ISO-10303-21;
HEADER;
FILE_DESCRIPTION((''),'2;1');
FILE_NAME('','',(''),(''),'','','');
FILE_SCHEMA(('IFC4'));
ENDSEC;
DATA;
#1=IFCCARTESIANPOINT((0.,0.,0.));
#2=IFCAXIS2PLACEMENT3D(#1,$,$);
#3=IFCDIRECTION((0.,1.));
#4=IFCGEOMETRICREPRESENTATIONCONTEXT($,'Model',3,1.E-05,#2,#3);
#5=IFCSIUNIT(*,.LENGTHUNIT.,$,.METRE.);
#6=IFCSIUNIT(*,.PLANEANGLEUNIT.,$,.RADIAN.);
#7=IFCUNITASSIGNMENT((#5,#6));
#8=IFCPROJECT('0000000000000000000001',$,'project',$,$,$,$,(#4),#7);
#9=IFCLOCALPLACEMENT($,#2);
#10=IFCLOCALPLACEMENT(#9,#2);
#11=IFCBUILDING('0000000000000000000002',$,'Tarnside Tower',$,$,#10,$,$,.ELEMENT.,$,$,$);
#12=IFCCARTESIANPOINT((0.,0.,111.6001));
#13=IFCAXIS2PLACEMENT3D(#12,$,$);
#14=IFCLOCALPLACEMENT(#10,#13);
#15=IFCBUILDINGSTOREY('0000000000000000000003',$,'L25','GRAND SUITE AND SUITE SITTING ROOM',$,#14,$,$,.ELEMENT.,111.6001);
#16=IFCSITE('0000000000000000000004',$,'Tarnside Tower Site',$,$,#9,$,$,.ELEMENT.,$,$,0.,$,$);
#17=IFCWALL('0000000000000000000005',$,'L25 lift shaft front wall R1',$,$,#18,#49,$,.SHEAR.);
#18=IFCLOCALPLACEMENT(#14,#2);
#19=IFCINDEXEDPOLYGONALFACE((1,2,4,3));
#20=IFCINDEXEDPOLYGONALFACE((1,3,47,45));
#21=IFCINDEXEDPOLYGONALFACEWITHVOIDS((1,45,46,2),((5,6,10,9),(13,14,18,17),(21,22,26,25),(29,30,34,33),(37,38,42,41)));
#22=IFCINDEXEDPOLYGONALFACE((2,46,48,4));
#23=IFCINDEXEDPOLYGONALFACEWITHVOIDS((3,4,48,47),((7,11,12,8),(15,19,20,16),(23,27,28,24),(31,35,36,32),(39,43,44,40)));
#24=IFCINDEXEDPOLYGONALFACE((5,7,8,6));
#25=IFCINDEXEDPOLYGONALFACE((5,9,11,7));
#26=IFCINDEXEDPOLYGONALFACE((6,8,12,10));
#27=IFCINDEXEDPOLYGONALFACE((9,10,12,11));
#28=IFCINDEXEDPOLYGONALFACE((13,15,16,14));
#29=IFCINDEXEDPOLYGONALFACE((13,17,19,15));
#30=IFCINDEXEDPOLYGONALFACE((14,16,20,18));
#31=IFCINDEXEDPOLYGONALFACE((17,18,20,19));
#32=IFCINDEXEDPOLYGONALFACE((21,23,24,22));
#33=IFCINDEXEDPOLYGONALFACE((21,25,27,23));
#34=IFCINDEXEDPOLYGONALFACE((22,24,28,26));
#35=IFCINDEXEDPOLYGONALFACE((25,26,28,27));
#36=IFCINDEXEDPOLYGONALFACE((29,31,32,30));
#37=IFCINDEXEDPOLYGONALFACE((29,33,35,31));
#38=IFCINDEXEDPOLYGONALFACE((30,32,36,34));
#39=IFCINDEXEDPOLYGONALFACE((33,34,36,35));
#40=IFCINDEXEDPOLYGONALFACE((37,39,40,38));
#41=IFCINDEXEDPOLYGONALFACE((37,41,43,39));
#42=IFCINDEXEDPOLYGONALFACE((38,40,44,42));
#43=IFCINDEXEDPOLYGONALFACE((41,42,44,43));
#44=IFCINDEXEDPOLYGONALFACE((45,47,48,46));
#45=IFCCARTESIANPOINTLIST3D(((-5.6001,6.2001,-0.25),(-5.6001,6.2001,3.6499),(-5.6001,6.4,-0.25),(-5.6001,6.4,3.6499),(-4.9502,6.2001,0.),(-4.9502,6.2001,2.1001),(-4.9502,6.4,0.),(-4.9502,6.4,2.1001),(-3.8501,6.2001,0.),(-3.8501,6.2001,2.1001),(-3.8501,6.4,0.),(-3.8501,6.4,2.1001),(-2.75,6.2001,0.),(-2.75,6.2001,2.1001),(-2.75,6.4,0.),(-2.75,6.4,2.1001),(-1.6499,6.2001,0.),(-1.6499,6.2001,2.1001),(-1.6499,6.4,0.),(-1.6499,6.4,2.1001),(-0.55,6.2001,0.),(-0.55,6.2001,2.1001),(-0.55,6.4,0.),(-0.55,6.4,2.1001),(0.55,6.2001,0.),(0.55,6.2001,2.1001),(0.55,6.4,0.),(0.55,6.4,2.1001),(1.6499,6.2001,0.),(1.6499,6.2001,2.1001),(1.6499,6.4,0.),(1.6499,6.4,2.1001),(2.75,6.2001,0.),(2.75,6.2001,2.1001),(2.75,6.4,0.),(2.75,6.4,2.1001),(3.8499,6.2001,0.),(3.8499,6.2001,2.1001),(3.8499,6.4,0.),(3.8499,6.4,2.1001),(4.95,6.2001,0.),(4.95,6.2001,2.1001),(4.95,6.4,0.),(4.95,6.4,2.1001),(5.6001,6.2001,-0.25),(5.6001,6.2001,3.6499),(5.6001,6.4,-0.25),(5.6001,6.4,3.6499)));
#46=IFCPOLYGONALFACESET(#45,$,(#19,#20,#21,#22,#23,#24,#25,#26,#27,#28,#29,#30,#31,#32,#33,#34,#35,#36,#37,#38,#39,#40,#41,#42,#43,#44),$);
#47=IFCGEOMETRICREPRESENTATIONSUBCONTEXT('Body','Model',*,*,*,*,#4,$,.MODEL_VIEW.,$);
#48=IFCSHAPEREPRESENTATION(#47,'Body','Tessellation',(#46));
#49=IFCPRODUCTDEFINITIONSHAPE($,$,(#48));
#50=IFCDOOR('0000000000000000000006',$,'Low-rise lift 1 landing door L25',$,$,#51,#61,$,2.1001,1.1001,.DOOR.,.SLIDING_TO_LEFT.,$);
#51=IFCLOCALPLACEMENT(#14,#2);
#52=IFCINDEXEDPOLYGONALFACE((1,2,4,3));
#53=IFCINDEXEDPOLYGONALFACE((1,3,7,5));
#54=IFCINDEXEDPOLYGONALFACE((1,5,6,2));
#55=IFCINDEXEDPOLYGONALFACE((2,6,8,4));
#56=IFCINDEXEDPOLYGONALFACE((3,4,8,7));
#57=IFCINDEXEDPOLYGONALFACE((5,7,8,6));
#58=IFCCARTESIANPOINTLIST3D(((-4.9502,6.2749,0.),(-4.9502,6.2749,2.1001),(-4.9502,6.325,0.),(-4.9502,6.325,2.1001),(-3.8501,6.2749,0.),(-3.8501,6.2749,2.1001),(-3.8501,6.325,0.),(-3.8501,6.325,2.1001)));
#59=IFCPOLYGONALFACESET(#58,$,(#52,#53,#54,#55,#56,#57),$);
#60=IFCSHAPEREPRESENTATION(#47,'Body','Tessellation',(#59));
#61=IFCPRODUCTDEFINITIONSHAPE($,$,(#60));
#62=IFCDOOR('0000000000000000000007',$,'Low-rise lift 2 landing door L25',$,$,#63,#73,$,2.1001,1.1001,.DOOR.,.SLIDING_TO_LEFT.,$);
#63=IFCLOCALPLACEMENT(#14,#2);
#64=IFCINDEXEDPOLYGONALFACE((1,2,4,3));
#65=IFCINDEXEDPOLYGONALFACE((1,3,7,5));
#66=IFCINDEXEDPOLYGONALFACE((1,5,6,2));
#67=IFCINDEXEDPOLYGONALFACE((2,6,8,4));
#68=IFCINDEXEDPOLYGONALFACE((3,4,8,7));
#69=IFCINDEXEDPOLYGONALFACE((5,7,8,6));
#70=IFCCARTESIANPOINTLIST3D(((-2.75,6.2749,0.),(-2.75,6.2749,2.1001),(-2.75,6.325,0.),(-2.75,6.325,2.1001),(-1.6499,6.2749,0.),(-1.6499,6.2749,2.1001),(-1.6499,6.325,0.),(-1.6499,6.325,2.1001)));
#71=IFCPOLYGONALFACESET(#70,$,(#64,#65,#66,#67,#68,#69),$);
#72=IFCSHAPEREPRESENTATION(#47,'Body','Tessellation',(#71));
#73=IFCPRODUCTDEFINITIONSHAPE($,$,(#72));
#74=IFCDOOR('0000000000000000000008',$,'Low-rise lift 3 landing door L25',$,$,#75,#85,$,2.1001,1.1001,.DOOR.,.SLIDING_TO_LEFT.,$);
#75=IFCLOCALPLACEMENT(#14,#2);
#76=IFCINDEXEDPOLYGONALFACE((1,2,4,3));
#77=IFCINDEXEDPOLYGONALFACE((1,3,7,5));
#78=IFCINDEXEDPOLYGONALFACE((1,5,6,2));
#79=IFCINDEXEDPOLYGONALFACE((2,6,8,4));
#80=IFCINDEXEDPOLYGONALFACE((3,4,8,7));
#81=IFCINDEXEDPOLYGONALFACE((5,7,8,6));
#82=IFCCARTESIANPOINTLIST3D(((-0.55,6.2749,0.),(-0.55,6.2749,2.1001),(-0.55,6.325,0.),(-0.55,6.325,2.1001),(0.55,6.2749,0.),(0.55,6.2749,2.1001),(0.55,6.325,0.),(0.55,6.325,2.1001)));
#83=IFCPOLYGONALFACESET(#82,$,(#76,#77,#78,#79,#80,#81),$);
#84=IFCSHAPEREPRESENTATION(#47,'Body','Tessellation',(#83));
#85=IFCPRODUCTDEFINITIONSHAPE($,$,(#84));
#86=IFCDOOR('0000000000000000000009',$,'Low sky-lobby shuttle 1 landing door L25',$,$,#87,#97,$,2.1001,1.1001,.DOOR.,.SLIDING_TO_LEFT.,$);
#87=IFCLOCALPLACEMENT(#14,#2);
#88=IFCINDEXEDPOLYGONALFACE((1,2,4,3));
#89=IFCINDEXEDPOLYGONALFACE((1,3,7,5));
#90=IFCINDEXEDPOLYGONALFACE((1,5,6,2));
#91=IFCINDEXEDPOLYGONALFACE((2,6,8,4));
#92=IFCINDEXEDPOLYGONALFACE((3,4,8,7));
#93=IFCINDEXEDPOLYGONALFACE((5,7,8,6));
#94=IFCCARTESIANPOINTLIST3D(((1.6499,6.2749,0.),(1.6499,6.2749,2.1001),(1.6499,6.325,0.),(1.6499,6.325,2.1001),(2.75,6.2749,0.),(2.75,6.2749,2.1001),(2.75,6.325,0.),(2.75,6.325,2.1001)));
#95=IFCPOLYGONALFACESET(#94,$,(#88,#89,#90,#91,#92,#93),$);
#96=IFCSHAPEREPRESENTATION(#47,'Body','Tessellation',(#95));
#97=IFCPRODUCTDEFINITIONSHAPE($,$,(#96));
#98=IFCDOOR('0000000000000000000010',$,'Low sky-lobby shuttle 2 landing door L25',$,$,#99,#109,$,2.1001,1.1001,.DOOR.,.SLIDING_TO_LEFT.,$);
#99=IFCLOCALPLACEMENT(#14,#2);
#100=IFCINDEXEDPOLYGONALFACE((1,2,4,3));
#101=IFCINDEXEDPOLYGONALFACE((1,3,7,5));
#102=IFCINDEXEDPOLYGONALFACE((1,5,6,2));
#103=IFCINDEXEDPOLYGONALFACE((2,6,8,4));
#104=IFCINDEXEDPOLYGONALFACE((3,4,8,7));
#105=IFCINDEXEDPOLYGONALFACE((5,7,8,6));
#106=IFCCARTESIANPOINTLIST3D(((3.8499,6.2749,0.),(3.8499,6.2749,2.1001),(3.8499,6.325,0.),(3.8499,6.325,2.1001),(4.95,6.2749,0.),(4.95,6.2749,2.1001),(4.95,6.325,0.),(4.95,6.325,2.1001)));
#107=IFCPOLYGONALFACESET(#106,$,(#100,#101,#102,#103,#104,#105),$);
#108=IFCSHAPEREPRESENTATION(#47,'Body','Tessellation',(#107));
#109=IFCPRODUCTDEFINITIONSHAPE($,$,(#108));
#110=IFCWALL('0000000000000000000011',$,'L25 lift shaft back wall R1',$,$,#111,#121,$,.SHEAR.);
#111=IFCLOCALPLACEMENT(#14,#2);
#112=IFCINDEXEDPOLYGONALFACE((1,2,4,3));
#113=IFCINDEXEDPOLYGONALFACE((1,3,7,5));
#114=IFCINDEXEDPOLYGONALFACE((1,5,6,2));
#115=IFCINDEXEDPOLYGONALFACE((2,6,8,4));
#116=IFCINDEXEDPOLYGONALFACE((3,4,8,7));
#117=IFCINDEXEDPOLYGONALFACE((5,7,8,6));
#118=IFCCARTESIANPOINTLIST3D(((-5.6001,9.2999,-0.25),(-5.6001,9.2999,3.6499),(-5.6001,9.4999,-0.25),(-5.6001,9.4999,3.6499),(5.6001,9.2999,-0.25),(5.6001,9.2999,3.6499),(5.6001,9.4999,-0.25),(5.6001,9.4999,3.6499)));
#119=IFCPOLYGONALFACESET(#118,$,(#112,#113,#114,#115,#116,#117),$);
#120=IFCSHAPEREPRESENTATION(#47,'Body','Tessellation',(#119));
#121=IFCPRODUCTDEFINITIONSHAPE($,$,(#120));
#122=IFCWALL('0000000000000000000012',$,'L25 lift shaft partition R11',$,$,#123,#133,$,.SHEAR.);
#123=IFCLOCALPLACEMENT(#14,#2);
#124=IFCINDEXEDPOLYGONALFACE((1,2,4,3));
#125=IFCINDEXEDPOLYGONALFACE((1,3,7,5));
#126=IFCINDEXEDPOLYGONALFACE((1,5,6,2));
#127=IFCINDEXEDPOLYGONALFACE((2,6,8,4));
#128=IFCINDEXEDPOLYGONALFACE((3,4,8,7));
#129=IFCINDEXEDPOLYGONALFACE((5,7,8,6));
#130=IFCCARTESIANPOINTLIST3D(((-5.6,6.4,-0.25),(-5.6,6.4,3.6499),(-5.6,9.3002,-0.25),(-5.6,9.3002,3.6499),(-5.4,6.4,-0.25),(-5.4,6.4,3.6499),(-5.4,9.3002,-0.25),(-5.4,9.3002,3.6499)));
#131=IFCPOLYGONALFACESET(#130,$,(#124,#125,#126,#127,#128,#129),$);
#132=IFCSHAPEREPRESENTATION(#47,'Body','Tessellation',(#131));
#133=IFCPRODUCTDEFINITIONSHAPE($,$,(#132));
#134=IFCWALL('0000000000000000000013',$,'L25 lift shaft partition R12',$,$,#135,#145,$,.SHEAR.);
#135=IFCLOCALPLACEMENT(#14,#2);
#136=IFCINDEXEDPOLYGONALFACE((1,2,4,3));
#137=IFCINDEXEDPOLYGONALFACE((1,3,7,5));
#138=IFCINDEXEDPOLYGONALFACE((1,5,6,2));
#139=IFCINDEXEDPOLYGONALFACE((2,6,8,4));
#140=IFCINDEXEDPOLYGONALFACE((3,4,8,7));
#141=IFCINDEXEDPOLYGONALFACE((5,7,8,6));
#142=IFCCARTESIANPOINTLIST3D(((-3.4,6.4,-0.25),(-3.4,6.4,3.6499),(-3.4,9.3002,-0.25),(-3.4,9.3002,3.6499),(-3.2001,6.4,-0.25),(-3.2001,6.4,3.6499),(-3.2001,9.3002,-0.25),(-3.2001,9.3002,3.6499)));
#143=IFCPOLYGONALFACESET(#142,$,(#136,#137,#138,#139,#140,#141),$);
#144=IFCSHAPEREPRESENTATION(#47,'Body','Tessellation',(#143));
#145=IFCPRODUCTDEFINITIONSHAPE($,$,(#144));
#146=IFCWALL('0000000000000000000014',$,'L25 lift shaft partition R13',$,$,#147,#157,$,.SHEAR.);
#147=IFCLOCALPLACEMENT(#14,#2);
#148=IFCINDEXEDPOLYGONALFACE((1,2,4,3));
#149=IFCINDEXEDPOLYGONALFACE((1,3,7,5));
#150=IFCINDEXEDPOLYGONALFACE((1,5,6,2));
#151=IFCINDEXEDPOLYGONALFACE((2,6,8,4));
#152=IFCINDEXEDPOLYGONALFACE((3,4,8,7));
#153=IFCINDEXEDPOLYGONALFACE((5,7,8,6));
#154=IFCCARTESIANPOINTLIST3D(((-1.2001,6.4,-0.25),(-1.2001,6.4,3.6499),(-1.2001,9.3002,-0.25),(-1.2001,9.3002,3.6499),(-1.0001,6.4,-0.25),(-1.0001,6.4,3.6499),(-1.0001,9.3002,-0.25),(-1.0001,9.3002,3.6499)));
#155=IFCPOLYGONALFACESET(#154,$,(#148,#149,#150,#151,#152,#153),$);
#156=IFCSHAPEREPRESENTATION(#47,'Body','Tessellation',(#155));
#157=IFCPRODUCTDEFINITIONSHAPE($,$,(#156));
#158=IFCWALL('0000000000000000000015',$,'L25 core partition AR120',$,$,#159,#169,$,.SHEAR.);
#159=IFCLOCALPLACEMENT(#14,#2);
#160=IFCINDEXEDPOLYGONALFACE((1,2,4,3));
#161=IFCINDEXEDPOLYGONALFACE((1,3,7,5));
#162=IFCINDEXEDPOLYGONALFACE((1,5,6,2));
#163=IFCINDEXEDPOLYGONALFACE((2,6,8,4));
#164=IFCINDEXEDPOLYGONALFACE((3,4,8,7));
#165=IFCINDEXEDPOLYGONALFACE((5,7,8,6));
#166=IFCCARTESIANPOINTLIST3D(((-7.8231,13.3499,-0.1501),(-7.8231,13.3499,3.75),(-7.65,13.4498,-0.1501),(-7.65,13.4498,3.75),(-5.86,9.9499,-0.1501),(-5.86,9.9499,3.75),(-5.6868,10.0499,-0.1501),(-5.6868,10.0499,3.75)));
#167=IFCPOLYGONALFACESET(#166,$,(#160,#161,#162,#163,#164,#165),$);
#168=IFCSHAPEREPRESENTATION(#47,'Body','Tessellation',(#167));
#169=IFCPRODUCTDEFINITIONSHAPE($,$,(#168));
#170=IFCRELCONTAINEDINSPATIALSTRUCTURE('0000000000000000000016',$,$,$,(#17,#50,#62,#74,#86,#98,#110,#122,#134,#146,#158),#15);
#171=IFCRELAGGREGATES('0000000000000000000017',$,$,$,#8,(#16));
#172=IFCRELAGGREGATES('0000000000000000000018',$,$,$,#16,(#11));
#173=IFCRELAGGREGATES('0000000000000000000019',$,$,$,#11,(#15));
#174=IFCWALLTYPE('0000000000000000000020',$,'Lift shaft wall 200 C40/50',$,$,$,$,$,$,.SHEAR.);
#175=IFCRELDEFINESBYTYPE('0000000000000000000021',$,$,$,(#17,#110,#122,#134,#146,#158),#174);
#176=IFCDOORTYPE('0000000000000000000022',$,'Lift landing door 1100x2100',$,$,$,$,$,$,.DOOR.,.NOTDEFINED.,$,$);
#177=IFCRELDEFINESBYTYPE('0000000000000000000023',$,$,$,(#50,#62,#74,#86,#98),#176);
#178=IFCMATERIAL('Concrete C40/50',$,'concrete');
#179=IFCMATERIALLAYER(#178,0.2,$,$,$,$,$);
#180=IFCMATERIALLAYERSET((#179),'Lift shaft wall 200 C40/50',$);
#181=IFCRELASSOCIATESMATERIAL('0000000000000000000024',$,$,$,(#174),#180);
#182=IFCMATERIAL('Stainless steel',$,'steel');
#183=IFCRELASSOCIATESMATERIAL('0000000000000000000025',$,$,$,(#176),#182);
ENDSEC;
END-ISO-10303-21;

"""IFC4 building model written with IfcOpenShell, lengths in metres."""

from ifc_helpers import new_model, si_unit, direction, frame, frame_2d, origin, place, context, subcontext, project, spatial, rectangle, extrude, material, layer, layer_set, type_object, element, fill, save


model = new_model("IFC4")

# Units and contexts
model_context = context("Model", 3, precision=1e-05, world=origin(), true_north=direction((0.0, 1.0)))
body_context = subcontext(model_context, "Body", "Model", "MODEL_VIEW")
ifc_project = project(units=[si_unit("LENGTHUNIT", "METRE"), si_unit("PLANEANGLEUNIT", "RADIAN")], contexts=[model_context])

# Site, building, storey
site_placement = place(None, origin())
site = spatial("IfcSite", under=ifc_project, at=site_placement, Name="Tarnside Tower Site", CompositionType="ELEMENT", RefElevation=0.0)
building_placement = place(site_placement, origin())
building = spatial("IfcBuilding", under=site, at=building_placement, Name="Tarnside Tower", CompositionType="ELEMENT")
storey_placement = place(building_placement, frame((0.0, 0.0, 111.6001)))
storey = spatial("IfcBuildingStorey", under=building, at=storey_placement, Name="L25", Description="GRAND SUITE AND SUITE SITTING ROOM", CompositionType="ELEMENT", Elevation=111.6001)

# Wall, openings, doors
ifc_material_1 = material(Name="Concrete C40/50", Category="concrete")
ifc_layer_1 = layer(ifc_material_1, 0.2)
ifc_layer_set_1 = layer_set([ifc_layer_1], Name="Lift shaft wall 200 C40/50")
wall_type_1 = type_object("IfcWallType", Name="Lift shaft wall 200 C40/50", PredefinedType="SHEAR", material=ifc_layer_set_1)
wall_1_placement = place(storey_placement, frame((-5.6001, 6.3, -0.25), z_axis=(0.0, 0.0, 1.0), x_axis=(1.0, 0.0, 0.0)))
wall_1 = element("IfcWall", 1, at=wall_1_placement, inside=storey, type_object=wall_type_1, Name="L25 lift shaft front wall R1", PredefinedType="SHEAR", context=body_context, shape_type="SweptSolid", body=[
    extrude(rectangle(XDim=11.2002, YDim=0.2, at=frame_2d((5.6001, 0.0))), origin(), (0.0, 0.0, 1.0), 3.8999),
])
opening_1_placement = place(wall_1_placement, frame((0.6499, 0.0, 0.25)))
opening_1 = element("IfcOpeningElement", 2, at=opening_1_placement, cuts=wall_1, PredefinedType="OPENING", context=body_context, shape_type="SweptSolid", body=[
    extrude(rectangle(XDim=1.1001, YDim=2.1001, at=frame_2d((0.55, 1.05))), frame((0.0, 0.1099, 0.0), z_axis=(0.0, -1.0, 0.0), x_axis=(1.0, 0.0, 0.0)), (0.0, 0.0, 1.0), 0.22),
])
opening_2_placement = place(wall_1_placement, frame((2.8501, 0.0, 0.25)))
opening_2 = element("IfcOpeningElement", 3, at=opening_2_placement, cuts=wall_1, PredefinedType="OPENING", context=body_context, shape_type="SweptSolid", body=[
    extrude(rectangle(XDim=1.1001, YDim=2.1001, at=frame_2d((0.55, 1.05))), frame((0.0, 0.1099, 0.0), z_axis=(0.0, -1.0, 0.0), x_axis=(1.0, 0.0, 0.0)), (0.0, 0.0, 1.0), 0.22),
])
opening_3_placement = place(wall_1_placement, frame((5.05, 0.0, 0.25)))
opening_3 = element("IfcOpeningElement", 4, at=opening_3_placement, cuts=wall_1, PredefinedType="OPENING", context=body_context, shape_type="SweptSolid", body=[
    extrude(rectangle(XDim=1.1001, YDim=2.1001, at=frame_2d((0.55, 1.05))), frame((0.0, 0.1099, 0.0), z_axis=(0.0, -1.0, 0.0), x_axis=(1.0, 0.0, 0.0)), (0.0, 0.0, 1.0), 0.22),
])
opening_4_placement = place(wall_1_placement, frame((7.25, 0.0, 0.25)))
opening_4 = element("IfcOpeningElement", 5, at=opening_4_placement, cuts=wall_1, PredefinedType="OPENING", context=body_context, shape_type="SweptSolid", body=[
    extrude(rectangle(XDim=1.1001, YDim=2.1001, at=frame_2d((0.55, 1.05))), frame((0.0, 0.1099, 0.0), z_axis=(0.0, -1.0, 0.0), x_axis=(1.0, 0.0, 0.0)), (0.0, 0.0, 1.0), 0.22),
])
opening_5_placement = place(wall_1_placement, frame((9.45, 0.0, 0.25)))
opening_5 = element("IfcOpeningElement", 6, at=opening_5_placement, cuts=wall_1, PredefinedType="OPENING", context=body_context, shape_type="SweptSolid", body=[
    extrude(rectangle(XDim=1.1001, YDim=2.1001, at=frame_2d((0.55, 1.05))), frame((0.0, 0.1099, 0.0), z_axis=(0.0, -1.0, 0.0), x_axis=(1.0, 0.0, 0.0)), (0.0, 0.0, 1.0), 0.22),
])
ifc_material_2 = material(Name="Stainless steel", Category="steel")
door_type_1 = type_object("IfcDoorType", Name="Lift landing door 1100x2100", OperationType="NOTDEFINED", PredefinedType="DOOR", material=ifc_material_2)
door_1_placement = place(opening_1_placement, origin())
door_1 = element("IfcDoor", 7, at=door_1_placement, inside=storey, type_object=door_type_1, Name="Low-rise lift 1 landing door L25", OperationType="SLIDING_TO_LEFT", OverallHeight=2.1001, OverallWidth=1.1001, PredefinedType="DOOR", context=body_context, shape_type="SweptSolid", body=[
    extrude(rectangle(XDim=1.1001, YDim=2.1001, at=frame_2d((0.55, 1.05))), frame((0.0, 0.0249, 0.0), z_axis=(0.0, -1.0, 0.0), x_axis=(1.0, 0.0, 0.0)), (0.0, 0.0, 1.0), 0.05),
])
fill(opening_1, door_1)
door_2_placement = place(opening_2_placement, origin())
door_2 = element("IfcDoor", 8, at=door_2_placement, inside=storey, type_object=door_type_1, Name="Low-rise lift 2 landing door L25", OperationType="SLIDING_TO_LEFT", OverallHeight=2.1001, OverallWidth=1.1001, PredefinedType="DOOR", context=body_context, shape_type="SweptSolid", body=[
    extrude(rectangle(XDim=1.1001, YDim=2.1001, at=frame_2d((0.55, 1.05))), frame((0.0, 0.0249, 0.0), z_axis=(0.0, -1.0, 0.0), x_axis=(1.0, 0.0, 0.0)), (0.0, 0.0, 1.0), 0.05),
])
fill(opening_2, door_2)
door_3_placement = place(opening_3_placement, origin())
door_3 = element("IfcDoor", 9, at=door_3_placement, inside=storey, type_object=door_type_1, Name="Low-rise lift 3 landing door L25", OperationType="SLIDING_TO_LEFT", OverallHeight=2.1001, OverallWidth=1.1001, PredefinedType="DOOR", context=body_context, shape_type="SweptSolid", body=[
    extrude(rectangle(XDim=1.1001, YDim=2.1001, at=frame_2d((0.55, 1.05))), frame((0.0, 0.0249, 0.0), z_axis=(0.0, -1.0, 0.0), x_axis=(1.0, 0.0, 0.0)), (0.0, 0.0, 1.0), 0.05),
])
fill(opening_3, door_3)
door_4_placement = place(opening_4_placement, origin())
door_4 = element("IfcDoor", 10, at=door_4_placement, inside=storey, type_object=door_type_1, Name="Low sky-lobby shuttle 1 landing door L25", OperationType="SLIDING_TO_LEFT", OverallHeight=2.1001, OverallWidth=1.1001, PredefinedType="DOOR", context=body_context, shape_type="SweptSolid", body=[
    extrude(rectangle(XDim=1.1001, YDim=2.1001, at=frame_2d((0.55, 1.05))), frame((0.0, 0.0249, 0.0), z_axis=(0.0, -1.0, 0.0), x_axis=(1.0, 0.0, 0.0)), (0.0, 0.0, 1.0), 0.05),
])
fill(opening_4, door_4)
door_5_placement = place(opening_5_placement, origin())
door_5 = element("IfcDoor", 11, at=door_5_placement, inside=storey, type_object=door_type_1, Name="Low sky-lobby shuttle 2 landing door L25", OperationType="SLIDING_TO_LEFT", OverallHeight=2.1001, OverallWidth=1.1001, PredefinedType="DOOR", context=body_context, shape_type="SweptSolid", body=[
    extrude(rectangle(XDim=1.1001, YDim=2.1001, at=frame_2d((0.55, 1.05))), frame((0.0, 0.0249, 0.0), z_axis=(0.0, -1.0, 0.0), x_axis=(1.0, 0.0, 0.0)), (0.0, 0.0, 1.0), 0.05),
])
fill(opening_5, door_5)

# Walls
wall_2_placement = place(storey_placement, frame((-5.6001, 9.3999, -0.25), z_axis=(0.0, 0.0, 1.0), x_axis=(1.0, 0.0, 0.0)))
element("IfcWall", 12, at=wall_2_placement, inside=storey, type_object=wall_type_1, Name="L25 lift shaft back wall R1", PredefinedType="SHEAR", context=body_context, shape_type="SweptSolid", body=[
    extrude(rectangle(XDim=11.2002, YDim=0.2, at=frame_2d((5.6001, 0.0))), origin(), (0.0, 0.0, 1.0), 3.8999),
])
for number, where, z_axis, x_axis, name in (
    (13, (-5.5, 6.3999, -0.25), (0.0, 0.0, 1.0), (0.0, 1.0, 0.0), "L25 lift shaft partition R11"),
    (14, (-3.3, 6.3999, -0.25), (0.0, 0.0, 1.0), (0.0, 1.0, 0.0), "L25 lift shaft partition R12"),
    (15, (-1.1001, 6.3999, -0.25), (0.0, 0.0, 1.0), (0.0, 1.0, 0.0), "L25 lift shaft partition R13"),
):
    element("IfcWall", number, at=place(storey_placement, frame(where, z_axis=z_axis, x_axis=x_axis)), inside=storey, type_object=wall_type_1, Name=name, PredefinedType="SHEAR", context=body_context, shape_type="SweptSolid", body=[
        extrude(rectangle(XDim=2.9001, YDim=0.2, at=frame_2d((1.4502, 0.0))), origin(), (0.0, 0.0, 1.0), 3.8999),
    ])
wall_3_placement = place(storey_placement, frame((-5.7734, 10.0, -0.1501), z_axis=(0.0, 0.0, 1.0), x_axis=(-0.500038, 0.866003, 0.0)))
element("IfcWall", 16, at=wall_3_placement, inside=storey, type_object=wall_type_1, Name="L25 core partition AR120", PredefinedType="SHEAR", context=body_context, shape_type="SweptSolid", body=[
    extrude(rectangle(XDim=3.926, YDim=0.2, at=frame_2d((1.9629, 0.0))), origin(), (0.0, 0.0, 1.0), 3.9001),
])

save(model, "model.ifc")
